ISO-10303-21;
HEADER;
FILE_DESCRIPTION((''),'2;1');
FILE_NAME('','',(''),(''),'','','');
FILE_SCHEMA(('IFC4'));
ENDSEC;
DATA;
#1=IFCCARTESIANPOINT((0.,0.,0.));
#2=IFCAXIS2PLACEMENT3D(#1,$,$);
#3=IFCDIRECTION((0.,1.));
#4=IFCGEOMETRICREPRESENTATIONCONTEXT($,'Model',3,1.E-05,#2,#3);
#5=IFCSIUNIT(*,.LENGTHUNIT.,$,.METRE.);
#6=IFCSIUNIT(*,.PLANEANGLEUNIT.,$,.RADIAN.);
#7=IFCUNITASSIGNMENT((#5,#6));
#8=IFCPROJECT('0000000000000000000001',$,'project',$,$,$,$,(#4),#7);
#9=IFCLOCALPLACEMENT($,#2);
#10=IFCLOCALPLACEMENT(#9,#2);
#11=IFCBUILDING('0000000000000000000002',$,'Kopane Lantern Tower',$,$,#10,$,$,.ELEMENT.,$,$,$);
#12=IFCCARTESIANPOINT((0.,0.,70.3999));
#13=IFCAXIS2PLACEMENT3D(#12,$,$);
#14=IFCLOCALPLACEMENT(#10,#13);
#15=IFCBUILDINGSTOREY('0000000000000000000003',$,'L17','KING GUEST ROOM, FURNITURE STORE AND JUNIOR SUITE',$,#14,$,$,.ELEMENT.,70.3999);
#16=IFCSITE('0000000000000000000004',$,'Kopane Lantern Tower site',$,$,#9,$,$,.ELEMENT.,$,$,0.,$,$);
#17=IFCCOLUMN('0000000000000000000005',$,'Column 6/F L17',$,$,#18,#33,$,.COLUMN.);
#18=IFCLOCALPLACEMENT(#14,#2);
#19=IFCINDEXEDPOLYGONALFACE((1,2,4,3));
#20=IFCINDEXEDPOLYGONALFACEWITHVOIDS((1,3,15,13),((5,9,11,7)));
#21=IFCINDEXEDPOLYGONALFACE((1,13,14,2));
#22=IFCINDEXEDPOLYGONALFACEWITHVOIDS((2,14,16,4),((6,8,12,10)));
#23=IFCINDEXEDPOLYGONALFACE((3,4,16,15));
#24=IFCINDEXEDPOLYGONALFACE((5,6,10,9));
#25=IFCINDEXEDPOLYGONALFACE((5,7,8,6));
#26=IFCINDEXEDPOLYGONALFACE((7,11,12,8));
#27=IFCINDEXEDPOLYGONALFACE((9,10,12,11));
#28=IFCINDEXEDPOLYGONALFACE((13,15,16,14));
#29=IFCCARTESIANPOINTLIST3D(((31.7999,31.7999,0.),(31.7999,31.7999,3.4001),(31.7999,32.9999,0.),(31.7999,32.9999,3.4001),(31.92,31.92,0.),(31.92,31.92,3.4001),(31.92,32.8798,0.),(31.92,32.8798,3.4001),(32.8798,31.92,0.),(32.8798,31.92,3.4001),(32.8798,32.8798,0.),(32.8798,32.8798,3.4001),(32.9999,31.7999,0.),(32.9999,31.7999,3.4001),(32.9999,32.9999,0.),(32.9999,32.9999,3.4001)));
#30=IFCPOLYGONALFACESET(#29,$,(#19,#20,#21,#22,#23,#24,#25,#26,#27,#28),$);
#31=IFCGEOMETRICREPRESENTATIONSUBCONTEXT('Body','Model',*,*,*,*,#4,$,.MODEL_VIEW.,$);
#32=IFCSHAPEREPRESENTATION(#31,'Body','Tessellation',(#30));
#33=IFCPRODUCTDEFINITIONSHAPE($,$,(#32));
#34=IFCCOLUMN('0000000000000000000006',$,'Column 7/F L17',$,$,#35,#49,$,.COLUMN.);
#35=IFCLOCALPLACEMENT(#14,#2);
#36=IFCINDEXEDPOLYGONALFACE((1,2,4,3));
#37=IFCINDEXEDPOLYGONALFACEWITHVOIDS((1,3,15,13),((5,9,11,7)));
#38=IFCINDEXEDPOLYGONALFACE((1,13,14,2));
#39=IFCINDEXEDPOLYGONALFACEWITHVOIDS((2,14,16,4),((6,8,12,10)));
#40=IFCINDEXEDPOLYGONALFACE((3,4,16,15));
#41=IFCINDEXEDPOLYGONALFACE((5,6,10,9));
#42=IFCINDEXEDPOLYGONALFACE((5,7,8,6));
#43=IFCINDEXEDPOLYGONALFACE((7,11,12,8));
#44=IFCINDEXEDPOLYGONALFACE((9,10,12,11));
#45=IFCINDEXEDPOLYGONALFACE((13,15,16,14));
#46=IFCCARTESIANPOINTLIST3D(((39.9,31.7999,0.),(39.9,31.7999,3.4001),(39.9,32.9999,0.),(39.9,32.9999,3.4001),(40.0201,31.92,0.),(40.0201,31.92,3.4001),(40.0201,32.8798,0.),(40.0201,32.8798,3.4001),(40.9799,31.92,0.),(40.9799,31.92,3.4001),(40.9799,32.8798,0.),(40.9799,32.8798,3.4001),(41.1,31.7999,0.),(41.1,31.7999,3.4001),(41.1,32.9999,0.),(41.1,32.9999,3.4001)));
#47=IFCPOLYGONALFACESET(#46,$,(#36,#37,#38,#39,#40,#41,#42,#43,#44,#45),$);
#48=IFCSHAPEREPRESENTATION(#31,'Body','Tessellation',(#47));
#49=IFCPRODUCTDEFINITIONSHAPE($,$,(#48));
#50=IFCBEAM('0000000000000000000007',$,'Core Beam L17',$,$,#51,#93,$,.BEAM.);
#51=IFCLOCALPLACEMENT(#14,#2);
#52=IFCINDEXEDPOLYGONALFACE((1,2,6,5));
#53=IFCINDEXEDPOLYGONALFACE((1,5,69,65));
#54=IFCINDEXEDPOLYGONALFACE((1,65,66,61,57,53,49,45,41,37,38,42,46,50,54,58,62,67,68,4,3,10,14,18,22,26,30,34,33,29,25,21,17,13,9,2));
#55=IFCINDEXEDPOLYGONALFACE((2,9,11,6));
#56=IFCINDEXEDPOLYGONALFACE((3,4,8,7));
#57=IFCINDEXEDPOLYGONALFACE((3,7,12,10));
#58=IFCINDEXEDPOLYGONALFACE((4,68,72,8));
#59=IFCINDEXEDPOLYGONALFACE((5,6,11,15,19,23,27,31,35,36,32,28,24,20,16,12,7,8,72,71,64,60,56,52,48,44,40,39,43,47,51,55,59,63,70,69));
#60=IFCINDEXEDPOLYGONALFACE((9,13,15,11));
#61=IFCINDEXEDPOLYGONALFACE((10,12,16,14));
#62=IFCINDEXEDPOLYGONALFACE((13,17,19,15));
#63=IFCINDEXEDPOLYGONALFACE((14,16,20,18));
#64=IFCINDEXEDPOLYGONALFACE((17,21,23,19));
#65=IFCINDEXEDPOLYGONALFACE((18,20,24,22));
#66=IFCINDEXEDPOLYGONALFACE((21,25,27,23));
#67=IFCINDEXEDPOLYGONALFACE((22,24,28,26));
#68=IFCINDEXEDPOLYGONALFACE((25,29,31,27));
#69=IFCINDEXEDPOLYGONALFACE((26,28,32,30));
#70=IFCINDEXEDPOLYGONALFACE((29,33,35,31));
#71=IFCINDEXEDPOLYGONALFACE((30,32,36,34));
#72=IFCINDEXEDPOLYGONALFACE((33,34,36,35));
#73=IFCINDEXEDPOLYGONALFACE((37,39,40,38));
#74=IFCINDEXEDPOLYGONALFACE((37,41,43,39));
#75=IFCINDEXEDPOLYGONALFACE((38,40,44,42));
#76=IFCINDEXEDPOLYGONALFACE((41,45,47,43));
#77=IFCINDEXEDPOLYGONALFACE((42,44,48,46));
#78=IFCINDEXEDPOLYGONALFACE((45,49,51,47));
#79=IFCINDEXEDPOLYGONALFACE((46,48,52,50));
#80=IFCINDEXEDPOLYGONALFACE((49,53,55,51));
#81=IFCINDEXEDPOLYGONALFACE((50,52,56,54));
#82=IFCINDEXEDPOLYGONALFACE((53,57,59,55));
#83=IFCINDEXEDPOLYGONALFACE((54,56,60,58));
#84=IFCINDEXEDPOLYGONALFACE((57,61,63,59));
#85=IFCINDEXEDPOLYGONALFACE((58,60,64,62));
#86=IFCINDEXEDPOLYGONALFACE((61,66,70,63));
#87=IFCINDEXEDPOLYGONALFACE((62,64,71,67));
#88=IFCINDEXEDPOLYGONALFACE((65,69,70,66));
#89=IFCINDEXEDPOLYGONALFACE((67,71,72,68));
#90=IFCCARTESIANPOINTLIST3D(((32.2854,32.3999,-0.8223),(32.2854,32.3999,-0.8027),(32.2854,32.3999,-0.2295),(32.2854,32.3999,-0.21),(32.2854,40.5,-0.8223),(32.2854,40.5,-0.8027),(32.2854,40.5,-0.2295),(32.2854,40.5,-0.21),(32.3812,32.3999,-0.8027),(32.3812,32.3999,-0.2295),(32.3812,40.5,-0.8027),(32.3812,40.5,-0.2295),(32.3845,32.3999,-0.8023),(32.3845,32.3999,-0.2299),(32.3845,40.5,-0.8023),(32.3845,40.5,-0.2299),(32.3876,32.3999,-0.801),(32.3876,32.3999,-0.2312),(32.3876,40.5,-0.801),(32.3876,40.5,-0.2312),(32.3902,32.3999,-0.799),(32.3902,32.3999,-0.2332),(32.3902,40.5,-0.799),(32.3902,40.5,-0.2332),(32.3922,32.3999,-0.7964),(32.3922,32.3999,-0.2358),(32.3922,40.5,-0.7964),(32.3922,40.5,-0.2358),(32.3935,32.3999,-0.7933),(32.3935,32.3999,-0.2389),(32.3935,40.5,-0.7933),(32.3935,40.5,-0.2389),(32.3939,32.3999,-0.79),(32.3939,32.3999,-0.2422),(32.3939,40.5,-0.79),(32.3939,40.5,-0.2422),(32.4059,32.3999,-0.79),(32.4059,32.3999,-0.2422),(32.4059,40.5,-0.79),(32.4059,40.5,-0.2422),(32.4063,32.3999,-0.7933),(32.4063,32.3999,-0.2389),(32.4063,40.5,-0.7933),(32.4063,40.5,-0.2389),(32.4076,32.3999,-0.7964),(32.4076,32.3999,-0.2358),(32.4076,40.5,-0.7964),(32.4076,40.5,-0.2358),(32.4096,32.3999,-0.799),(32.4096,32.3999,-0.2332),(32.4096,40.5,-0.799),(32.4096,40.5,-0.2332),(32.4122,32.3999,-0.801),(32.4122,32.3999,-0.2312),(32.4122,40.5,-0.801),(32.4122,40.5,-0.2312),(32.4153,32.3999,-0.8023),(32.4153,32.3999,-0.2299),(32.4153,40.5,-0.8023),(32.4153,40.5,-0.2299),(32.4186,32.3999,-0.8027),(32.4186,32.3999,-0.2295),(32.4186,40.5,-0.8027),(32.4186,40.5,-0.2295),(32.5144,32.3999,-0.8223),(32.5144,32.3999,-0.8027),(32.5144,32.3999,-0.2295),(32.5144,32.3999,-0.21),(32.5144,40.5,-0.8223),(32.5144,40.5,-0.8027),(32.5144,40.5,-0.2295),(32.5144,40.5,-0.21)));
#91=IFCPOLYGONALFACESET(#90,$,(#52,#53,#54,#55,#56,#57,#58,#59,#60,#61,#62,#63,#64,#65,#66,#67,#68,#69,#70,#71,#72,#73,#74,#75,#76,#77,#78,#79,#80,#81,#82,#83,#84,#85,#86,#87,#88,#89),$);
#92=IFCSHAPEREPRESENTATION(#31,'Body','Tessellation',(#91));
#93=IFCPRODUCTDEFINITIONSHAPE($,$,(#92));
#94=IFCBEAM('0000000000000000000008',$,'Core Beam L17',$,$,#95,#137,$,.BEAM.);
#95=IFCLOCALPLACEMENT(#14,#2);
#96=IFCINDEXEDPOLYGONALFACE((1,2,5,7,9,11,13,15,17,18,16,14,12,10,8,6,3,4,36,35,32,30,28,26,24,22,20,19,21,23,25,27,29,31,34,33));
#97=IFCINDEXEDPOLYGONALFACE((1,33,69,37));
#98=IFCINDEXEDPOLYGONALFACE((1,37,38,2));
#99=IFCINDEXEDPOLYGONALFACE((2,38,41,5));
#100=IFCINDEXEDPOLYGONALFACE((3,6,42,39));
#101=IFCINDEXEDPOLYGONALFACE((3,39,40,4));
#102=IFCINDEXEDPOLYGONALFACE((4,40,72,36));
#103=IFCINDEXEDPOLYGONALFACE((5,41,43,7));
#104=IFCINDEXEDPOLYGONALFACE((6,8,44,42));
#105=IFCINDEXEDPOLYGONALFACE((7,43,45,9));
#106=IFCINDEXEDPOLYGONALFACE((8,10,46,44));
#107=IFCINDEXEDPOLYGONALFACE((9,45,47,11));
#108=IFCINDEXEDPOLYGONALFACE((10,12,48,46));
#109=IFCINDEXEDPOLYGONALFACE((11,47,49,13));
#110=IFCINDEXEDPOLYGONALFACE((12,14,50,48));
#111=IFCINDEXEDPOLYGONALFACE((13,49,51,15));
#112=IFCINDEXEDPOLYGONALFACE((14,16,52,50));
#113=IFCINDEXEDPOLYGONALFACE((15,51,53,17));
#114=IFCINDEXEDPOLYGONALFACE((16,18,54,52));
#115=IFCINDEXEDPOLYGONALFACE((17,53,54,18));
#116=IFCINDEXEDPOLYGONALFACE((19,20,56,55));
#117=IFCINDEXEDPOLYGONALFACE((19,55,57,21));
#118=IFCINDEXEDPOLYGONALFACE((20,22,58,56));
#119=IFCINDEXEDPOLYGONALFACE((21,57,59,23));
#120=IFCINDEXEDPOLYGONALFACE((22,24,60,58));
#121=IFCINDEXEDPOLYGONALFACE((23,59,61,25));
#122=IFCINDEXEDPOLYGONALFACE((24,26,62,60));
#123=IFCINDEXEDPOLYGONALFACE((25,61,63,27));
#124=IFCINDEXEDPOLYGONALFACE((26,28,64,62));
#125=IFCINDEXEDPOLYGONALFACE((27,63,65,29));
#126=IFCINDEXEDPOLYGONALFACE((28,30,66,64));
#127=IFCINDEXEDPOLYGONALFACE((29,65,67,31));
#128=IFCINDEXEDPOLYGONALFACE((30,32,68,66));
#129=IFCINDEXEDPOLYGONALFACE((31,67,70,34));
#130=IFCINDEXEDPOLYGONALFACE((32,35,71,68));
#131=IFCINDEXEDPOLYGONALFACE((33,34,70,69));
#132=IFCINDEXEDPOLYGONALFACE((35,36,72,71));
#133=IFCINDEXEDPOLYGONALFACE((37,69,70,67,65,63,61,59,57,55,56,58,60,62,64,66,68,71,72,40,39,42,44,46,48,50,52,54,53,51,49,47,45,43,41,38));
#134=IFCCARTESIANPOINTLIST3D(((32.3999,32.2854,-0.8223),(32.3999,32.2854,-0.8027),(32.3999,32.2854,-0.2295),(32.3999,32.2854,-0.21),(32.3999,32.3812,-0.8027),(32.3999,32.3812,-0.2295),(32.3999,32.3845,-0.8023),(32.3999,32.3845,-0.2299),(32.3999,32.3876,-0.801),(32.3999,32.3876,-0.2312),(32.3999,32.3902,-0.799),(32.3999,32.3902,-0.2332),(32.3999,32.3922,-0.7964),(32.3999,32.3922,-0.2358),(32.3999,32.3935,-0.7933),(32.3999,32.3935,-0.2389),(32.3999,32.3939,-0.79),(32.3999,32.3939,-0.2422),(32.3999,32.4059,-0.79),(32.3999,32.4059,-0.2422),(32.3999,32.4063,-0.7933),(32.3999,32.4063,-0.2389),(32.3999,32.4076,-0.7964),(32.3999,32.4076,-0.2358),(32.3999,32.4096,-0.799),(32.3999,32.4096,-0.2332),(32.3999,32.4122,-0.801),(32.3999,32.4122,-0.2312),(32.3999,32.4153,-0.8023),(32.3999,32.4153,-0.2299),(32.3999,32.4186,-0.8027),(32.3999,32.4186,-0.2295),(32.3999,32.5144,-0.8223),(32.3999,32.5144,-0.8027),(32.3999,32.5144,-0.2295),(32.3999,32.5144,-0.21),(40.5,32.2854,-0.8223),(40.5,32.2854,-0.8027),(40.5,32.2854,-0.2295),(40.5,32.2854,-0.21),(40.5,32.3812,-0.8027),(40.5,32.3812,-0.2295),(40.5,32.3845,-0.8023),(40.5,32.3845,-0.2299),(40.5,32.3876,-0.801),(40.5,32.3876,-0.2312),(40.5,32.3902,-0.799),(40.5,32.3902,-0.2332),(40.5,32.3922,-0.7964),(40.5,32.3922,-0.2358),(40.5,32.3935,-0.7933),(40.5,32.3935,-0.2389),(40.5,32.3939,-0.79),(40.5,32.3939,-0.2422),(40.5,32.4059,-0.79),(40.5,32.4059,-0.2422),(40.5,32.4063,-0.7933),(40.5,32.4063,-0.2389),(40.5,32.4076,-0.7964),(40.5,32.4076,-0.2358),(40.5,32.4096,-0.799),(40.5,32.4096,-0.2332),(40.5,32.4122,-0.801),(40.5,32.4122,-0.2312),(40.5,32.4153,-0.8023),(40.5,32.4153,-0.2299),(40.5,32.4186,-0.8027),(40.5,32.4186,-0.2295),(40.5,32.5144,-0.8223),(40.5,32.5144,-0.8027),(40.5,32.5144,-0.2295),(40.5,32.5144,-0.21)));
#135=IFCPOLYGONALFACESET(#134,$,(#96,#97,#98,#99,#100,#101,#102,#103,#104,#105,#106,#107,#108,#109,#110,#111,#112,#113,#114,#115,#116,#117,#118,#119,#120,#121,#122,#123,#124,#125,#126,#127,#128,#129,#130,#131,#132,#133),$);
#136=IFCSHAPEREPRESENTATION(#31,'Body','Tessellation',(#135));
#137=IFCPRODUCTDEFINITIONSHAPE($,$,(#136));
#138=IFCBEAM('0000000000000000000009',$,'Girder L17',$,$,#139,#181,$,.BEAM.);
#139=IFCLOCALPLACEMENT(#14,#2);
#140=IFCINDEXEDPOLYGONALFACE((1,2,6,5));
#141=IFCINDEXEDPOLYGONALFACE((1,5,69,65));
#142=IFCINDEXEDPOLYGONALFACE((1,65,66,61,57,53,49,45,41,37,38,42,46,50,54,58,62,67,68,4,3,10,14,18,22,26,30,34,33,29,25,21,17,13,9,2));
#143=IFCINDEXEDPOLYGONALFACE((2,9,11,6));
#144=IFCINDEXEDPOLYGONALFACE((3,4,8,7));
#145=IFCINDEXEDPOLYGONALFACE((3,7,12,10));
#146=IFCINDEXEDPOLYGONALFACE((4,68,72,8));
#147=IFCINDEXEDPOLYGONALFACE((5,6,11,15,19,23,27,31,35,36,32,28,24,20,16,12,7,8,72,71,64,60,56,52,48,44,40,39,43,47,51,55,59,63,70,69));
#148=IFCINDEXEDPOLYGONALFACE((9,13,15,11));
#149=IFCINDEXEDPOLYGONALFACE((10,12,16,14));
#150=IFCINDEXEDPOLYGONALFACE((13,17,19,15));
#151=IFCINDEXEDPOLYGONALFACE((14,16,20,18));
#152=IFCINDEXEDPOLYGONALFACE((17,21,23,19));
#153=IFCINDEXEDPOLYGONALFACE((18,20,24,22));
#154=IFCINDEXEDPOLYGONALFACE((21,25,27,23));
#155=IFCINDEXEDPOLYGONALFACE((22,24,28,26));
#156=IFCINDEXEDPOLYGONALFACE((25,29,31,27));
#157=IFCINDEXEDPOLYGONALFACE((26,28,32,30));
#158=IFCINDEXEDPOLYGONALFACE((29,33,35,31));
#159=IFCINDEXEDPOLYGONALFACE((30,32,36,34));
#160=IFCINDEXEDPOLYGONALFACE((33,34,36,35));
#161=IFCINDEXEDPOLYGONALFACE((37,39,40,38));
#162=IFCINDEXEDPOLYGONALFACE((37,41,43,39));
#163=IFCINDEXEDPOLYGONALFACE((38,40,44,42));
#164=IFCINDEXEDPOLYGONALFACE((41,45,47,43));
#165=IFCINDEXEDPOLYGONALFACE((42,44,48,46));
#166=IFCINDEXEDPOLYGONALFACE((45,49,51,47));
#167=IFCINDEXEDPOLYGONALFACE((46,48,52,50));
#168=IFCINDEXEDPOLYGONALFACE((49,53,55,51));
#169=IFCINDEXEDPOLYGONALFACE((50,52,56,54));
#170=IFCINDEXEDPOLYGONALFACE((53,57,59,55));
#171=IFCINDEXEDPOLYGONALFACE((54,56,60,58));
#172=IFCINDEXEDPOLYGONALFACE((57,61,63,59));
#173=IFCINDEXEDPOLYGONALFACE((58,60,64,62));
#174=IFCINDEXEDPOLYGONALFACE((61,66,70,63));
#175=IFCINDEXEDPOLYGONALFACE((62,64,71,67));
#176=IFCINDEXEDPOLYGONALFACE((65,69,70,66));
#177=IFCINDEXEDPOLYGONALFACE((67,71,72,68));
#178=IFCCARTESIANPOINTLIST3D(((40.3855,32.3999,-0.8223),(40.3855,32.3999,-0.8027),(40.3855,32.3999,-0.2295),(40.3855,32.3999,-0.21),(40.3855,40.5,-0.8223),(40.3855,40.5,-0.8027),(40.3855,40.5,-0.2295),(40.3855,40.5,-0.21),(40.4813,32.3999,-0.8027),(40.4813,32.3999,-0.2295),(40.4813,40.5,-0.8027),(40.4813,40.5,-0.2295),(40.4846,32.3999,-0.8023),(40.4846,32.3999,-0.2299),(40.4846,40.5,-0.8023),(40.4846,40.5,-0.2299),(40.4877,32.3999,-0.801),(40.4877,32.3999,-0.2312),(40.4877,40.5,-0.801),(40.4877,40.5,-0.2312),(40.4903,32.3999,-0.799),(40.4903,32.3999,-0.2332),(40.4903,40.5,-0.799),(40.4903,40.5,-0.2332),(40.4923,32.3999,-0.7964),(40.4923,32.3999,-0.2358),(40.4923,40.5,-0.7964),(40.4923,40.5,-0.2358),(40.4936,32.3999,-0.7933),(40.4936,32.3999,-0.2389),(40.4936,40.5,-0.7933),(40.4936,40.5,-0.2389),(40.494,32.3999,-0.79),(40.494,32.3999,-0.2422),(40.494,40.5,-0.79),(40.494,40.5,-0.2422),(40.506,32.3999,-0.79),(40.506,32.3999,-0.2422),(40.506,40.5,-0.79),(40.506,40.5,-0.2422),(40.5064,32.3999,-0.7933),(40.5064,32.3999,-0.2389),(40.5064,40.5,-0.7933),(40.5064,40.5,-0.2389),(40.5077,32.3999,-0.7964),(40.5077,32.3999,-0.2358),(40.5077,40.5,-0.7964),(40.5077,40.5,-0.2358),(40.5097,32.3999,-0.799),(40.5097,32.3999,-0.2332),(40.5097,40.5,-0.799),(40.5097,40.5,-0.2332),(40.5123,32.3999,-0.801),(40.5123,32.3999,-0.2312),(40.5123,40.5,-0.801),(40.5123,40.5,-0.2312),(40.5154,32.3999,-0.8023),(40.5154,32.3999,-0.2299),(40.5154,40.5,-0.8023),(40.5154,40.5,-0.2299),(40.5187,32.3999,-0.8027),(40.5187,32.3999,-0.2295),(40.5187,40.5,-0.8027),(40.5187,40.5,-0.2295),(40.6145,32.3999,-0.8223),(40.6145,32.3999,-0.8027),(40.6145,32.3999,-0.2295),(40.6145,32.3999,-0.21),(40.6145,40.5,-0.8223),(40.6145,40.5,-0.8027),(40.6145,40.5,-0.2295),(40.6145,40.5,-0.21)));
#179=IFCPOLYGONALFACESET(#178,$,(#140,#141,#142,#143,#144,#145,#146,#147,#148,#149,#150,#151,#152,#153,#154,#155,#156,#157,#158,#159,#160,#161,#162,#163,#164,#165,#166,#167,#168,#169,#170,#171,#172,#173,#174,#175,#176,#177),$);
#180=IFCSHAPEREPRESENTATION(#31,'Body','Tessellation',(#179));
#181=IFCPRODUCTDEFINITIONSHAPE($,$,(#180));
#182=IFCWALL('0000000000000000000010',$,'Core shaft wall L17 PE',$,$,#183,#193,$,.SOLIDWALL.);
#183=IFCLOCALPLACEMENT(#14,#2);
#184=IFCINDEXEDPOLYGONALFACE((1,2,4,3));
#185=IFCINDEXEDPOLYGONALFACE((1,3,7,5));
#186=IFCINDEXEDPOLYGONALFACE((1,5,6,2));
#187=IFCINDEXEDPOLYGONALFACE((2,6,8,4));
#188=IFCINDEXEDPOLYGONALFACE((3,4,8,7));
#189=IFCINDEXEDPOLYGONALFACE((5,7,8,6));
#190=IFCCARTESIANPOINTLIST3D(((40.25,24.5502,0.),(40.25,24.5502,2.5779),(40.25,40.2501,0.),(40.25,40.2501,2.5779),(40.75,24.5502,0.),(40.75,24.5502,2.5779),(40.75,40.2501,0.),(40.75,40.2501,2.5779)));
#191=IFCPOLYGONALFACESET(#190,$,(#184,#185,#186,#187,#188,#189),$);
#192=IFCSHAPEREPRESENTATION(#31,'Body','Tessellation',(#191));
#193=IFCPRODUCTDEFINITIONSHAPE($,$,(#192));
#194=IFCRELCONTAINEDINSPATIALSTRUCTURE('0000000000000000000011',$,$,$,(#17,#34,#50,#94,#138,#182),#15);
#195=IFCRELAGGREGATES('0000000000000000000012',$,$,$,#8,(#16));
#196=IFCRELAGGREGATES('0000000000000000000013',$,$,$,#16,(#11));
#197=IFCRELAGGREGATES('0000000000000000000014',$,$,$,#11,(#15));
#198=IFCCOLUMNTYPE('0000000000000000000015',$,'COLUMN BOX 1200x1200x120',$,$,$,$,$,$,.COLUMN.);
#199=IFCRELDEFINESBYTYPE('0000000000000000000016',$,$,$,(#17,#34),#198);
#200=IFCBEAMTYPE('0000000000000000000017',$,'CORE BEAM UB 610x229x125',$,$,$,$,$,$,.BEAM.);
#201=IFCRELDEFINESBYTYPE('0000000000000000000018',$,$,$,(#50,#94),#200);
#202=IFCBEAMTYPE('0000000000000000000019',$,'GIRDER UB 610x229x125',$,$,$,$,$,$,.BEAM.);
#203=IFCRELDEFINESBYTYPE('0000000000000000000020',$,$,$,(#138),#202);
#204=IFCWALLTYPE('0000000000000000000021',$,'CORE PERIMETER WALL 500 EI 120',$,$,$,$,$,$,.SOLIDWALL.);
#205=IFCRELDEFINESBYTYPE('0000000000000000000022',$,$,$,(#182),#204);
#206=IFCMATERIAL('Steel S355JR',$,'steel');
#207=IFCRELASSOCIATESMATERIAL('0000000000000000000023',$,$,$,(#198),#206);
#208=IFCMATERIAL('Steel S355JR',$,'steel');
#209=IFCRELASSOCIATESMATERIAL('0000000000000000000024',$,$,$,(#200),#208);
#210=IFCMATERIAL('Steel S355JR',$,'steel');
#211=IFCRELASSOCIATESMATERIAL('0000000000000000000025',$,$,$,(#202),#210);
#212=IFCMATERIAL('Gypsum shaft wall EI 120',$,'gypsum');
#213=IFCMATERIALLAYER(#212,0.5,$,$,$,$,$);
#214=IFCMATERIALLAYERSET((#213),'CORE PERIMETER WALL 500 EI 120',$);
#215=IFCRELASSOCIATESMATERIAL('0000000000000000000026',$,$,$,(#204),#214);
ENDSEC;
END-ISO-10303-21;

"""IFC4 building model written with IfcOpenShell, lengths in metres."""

from ifc_helpers import new_model, si_unit, direction, frame, frame_2d, origin, origin_2d, place, context, subcontext, project, spatial, rectangle, hollow_rectangle, i_section, extrude, material, layer, layer_set, material_profile, profile_set, type_object, element, save


model = new_model("IFC4")

# Units and contexts
model_context = context("Model", 3, precision=1e-05, world=origin(), true_north=direction((0.0, 1.0)))
body_context = subcontext(model_context, "Body", "Model", "MODEL_VIEW")
ifc_project = project(units=[si_unit("LENGTHUNIT", "METRE"), si_unit("PLANEANGLEUNIT", "RADIAN")], contexts=[model_context])

# Site, building, storey
site_placement = place(None, origin())
site = spatial("IfcSite", under=ifc_project, at=site_placement, Name="Kopane Lantern Tower site", CompositionType="ELEMENT", RefElevation=0.0)
building_placement = place(site_placement, origin())
building = spatial("IfcBuilding", under=site, at=building_placement, Name="Kopane Lantern Tower", CompositionType="ELEMENT")
storey_placement = place(building_placement, frame((0.0, 0.0, 70.3999)))
storey = spatial("IfcBuildingStorey", under=building, at=storey_placement, Name="L17", Description="KING GUEST ROOM, FURNITURE STORE AND JUNIOR SUITE", CompositionType="ELEMENT", Elevation=70.3999)

# Columns
ifc_material_1 = material(Name="Steel S355JR", Category="steel")
ifc_material_profile_1 = material_profile(ifc_material_1, hollow_rectangle(XDim=1.2, YDim=1.2, WallThickness=0.1201, at=origin_2d()), Name="BOX 1200x1200x120")
ifc_profile_set_1 = profile_set([ifc_material_profile_1], Name="Steel S355JR")
column_type = type_object("IfcColumnType", Name="COLUMN BOX 1200x1200x120", PredefinedType="COLUMN", material=ifc_profile_set_1)
for number, where, z_axis, x_axis, name in (
    (1, (32.3999, 32.3999, 0.0), (0.0, 0.0, 1.0), (1.0, 0.0, 0.0), "Column 6/F L17"),
    (2, (40.5, 32.3999, 0.0), (0.0, 0.0, 1.0), (1.0, 0.0, 0.0), "Column 7/F L17"),
):
    element("IfcColumn", number, at=place(storey_placement, frame(where, z_axis=z_axis, x_axis=x_axis)), inside=storey, type_object=column_type, Name=name, PredefinedType="COLUMN", context=body_context, shape_type="SweptSolid", body=[
        extrude(hollow_rectangle(XDim=1.2, YDim=1.2, WallThickness=0.1201, at=origin_2d()), origin(), (0.0, 0.0, 1.0), 3.4001),
    ])

# Beams
ifc_material_2 = material(Name="Steel S355JR", Category="steel")
ifc_material_profile_2 = material_profile(ifc_material_2, i_section(OverallWidth=0.229, OverallDepth=0.6123, WebThickness=0.012, FlangeThickness=0.0195, FilletRadius=0.0127, at=origin_2d()), Name="UB 610x229x125")
ifc_profile_set_2 = profile_set([ifc_material_profile_2], Name="Steel S355JR")
beam_type_1 = type_object("IfcBeamType", Name="CORE BEAM UB 610x229x125", PredefinedType="BEAM", material=ifc_profile_set_2)
for number, where, z_axis, x_axis, name in (
    (3, (32.3999, 32.3999, -0.5161), (0.0, 1.0, 0.0), (-1.0, 0.0, 0.0), "Core Beam L17"),
    (4, (32.3999, 32.3999, -0.5161), (1.0, 0.0, 0.0), (0.0, 1.0, 0.0), "Core Beam L17"),
):
    element("IfcBeam", number, at=place(storey_placement, frame(where, z_axis=z_axis, x_axis=x_axis)), inside=storey, type_object=beam_type_1, Name=name, PredefinedType="BEAM", context=body_context, shape_type="SweptSolid", body=[
        extrude(i_section(OverallWidth=0.229, OverallDepth=0.6123, WebThickness=0.012, FlangeThickness=0.0195, FilletRadius=0.0127, at=origin_2d()), origin(), (0.0, 0.0, 1.0), 8.1001),
    ])
ifc_material_3 = material(Name="Steel S355JR", Category="steel")
ifc_material_profile_3 = material_profile(ifc_material_3, i_section(OverallWidth=0.229, OverallDepth=0.6123, WebThickness=0.012, FlangeThickness=0.0195, FilletRadius=0.0127, at=origin_2d()), Name="UB 610x229x125")
ifc_profile_set_3 = profile_set([ifc_material_profile_3], Name="Steel S355JR")
beam_type_2 = type_object("IfcBeamType", Name="GIRDER UB 610x229x125", PredefinedType="BEAM", material=ifc_profile_set_3)
beam_placement = place(storey_placement, frame((40.5, 32.3999, -0.5161), z_axis=(0.0, 1.0, 0.0), x_axis=(-1.0, 0.0, 0.0)))
element("IfcBeam", 5, at=beam_placement, inside=storey, type_object=beam_type_2, Name="Girder L17", PredefinedType="BEAM", context=body_context, shape_type="SweptSolid", body=[
    extrude(i_section(OverallWidth=0.229, OverallDepth=0.6123, WebThickness=0.012, FlangeThickness=0.0195, FilletRadius=0.0127, at=origin_2d()), origin(), (0.0, 0.0, 1.0), 8.1001),
])

# Wall
ifc_material_4 = material(Name="Gypsum shaft wall EI 120", Category="gypsum")
ifc_layer_1 = layer(ifc_material_4, 0.5)
ifc_layer_set_1 = layer_set([ifc_layer_1], Name="CORE PERIMETER WALL 500 EI 120")
wall_type_1 = type_object("IfcWallType", Name="CORE PERIMETER WALL 500 EI 120", PredefinedType="SOLIDWALL", material=ifc_layer_set_1)
wall_1_placement = place(storey_placement, frame((40.5, 24.55, 0.0), z_axis=(0.0, 0.0, 1.0), x_axis=(0.0, 1.0, 0.0)))
element("IfcWall", 6, at=wall_1_placement, inside=storey, type_object=wall_type_1, Name="Core shaft wall L17 PE", PredefinedType="SOLIDWALL", context=body_context, shape_type="SweptSolid", body=[
    extrude(rectangle(XDim=15.7, YDim=0.5, at=frame_2d((7.8501, 0.0))), origin(), (0.0, 0.0, 1.0), 2.5779),
])

save(model, "model.ifc")
